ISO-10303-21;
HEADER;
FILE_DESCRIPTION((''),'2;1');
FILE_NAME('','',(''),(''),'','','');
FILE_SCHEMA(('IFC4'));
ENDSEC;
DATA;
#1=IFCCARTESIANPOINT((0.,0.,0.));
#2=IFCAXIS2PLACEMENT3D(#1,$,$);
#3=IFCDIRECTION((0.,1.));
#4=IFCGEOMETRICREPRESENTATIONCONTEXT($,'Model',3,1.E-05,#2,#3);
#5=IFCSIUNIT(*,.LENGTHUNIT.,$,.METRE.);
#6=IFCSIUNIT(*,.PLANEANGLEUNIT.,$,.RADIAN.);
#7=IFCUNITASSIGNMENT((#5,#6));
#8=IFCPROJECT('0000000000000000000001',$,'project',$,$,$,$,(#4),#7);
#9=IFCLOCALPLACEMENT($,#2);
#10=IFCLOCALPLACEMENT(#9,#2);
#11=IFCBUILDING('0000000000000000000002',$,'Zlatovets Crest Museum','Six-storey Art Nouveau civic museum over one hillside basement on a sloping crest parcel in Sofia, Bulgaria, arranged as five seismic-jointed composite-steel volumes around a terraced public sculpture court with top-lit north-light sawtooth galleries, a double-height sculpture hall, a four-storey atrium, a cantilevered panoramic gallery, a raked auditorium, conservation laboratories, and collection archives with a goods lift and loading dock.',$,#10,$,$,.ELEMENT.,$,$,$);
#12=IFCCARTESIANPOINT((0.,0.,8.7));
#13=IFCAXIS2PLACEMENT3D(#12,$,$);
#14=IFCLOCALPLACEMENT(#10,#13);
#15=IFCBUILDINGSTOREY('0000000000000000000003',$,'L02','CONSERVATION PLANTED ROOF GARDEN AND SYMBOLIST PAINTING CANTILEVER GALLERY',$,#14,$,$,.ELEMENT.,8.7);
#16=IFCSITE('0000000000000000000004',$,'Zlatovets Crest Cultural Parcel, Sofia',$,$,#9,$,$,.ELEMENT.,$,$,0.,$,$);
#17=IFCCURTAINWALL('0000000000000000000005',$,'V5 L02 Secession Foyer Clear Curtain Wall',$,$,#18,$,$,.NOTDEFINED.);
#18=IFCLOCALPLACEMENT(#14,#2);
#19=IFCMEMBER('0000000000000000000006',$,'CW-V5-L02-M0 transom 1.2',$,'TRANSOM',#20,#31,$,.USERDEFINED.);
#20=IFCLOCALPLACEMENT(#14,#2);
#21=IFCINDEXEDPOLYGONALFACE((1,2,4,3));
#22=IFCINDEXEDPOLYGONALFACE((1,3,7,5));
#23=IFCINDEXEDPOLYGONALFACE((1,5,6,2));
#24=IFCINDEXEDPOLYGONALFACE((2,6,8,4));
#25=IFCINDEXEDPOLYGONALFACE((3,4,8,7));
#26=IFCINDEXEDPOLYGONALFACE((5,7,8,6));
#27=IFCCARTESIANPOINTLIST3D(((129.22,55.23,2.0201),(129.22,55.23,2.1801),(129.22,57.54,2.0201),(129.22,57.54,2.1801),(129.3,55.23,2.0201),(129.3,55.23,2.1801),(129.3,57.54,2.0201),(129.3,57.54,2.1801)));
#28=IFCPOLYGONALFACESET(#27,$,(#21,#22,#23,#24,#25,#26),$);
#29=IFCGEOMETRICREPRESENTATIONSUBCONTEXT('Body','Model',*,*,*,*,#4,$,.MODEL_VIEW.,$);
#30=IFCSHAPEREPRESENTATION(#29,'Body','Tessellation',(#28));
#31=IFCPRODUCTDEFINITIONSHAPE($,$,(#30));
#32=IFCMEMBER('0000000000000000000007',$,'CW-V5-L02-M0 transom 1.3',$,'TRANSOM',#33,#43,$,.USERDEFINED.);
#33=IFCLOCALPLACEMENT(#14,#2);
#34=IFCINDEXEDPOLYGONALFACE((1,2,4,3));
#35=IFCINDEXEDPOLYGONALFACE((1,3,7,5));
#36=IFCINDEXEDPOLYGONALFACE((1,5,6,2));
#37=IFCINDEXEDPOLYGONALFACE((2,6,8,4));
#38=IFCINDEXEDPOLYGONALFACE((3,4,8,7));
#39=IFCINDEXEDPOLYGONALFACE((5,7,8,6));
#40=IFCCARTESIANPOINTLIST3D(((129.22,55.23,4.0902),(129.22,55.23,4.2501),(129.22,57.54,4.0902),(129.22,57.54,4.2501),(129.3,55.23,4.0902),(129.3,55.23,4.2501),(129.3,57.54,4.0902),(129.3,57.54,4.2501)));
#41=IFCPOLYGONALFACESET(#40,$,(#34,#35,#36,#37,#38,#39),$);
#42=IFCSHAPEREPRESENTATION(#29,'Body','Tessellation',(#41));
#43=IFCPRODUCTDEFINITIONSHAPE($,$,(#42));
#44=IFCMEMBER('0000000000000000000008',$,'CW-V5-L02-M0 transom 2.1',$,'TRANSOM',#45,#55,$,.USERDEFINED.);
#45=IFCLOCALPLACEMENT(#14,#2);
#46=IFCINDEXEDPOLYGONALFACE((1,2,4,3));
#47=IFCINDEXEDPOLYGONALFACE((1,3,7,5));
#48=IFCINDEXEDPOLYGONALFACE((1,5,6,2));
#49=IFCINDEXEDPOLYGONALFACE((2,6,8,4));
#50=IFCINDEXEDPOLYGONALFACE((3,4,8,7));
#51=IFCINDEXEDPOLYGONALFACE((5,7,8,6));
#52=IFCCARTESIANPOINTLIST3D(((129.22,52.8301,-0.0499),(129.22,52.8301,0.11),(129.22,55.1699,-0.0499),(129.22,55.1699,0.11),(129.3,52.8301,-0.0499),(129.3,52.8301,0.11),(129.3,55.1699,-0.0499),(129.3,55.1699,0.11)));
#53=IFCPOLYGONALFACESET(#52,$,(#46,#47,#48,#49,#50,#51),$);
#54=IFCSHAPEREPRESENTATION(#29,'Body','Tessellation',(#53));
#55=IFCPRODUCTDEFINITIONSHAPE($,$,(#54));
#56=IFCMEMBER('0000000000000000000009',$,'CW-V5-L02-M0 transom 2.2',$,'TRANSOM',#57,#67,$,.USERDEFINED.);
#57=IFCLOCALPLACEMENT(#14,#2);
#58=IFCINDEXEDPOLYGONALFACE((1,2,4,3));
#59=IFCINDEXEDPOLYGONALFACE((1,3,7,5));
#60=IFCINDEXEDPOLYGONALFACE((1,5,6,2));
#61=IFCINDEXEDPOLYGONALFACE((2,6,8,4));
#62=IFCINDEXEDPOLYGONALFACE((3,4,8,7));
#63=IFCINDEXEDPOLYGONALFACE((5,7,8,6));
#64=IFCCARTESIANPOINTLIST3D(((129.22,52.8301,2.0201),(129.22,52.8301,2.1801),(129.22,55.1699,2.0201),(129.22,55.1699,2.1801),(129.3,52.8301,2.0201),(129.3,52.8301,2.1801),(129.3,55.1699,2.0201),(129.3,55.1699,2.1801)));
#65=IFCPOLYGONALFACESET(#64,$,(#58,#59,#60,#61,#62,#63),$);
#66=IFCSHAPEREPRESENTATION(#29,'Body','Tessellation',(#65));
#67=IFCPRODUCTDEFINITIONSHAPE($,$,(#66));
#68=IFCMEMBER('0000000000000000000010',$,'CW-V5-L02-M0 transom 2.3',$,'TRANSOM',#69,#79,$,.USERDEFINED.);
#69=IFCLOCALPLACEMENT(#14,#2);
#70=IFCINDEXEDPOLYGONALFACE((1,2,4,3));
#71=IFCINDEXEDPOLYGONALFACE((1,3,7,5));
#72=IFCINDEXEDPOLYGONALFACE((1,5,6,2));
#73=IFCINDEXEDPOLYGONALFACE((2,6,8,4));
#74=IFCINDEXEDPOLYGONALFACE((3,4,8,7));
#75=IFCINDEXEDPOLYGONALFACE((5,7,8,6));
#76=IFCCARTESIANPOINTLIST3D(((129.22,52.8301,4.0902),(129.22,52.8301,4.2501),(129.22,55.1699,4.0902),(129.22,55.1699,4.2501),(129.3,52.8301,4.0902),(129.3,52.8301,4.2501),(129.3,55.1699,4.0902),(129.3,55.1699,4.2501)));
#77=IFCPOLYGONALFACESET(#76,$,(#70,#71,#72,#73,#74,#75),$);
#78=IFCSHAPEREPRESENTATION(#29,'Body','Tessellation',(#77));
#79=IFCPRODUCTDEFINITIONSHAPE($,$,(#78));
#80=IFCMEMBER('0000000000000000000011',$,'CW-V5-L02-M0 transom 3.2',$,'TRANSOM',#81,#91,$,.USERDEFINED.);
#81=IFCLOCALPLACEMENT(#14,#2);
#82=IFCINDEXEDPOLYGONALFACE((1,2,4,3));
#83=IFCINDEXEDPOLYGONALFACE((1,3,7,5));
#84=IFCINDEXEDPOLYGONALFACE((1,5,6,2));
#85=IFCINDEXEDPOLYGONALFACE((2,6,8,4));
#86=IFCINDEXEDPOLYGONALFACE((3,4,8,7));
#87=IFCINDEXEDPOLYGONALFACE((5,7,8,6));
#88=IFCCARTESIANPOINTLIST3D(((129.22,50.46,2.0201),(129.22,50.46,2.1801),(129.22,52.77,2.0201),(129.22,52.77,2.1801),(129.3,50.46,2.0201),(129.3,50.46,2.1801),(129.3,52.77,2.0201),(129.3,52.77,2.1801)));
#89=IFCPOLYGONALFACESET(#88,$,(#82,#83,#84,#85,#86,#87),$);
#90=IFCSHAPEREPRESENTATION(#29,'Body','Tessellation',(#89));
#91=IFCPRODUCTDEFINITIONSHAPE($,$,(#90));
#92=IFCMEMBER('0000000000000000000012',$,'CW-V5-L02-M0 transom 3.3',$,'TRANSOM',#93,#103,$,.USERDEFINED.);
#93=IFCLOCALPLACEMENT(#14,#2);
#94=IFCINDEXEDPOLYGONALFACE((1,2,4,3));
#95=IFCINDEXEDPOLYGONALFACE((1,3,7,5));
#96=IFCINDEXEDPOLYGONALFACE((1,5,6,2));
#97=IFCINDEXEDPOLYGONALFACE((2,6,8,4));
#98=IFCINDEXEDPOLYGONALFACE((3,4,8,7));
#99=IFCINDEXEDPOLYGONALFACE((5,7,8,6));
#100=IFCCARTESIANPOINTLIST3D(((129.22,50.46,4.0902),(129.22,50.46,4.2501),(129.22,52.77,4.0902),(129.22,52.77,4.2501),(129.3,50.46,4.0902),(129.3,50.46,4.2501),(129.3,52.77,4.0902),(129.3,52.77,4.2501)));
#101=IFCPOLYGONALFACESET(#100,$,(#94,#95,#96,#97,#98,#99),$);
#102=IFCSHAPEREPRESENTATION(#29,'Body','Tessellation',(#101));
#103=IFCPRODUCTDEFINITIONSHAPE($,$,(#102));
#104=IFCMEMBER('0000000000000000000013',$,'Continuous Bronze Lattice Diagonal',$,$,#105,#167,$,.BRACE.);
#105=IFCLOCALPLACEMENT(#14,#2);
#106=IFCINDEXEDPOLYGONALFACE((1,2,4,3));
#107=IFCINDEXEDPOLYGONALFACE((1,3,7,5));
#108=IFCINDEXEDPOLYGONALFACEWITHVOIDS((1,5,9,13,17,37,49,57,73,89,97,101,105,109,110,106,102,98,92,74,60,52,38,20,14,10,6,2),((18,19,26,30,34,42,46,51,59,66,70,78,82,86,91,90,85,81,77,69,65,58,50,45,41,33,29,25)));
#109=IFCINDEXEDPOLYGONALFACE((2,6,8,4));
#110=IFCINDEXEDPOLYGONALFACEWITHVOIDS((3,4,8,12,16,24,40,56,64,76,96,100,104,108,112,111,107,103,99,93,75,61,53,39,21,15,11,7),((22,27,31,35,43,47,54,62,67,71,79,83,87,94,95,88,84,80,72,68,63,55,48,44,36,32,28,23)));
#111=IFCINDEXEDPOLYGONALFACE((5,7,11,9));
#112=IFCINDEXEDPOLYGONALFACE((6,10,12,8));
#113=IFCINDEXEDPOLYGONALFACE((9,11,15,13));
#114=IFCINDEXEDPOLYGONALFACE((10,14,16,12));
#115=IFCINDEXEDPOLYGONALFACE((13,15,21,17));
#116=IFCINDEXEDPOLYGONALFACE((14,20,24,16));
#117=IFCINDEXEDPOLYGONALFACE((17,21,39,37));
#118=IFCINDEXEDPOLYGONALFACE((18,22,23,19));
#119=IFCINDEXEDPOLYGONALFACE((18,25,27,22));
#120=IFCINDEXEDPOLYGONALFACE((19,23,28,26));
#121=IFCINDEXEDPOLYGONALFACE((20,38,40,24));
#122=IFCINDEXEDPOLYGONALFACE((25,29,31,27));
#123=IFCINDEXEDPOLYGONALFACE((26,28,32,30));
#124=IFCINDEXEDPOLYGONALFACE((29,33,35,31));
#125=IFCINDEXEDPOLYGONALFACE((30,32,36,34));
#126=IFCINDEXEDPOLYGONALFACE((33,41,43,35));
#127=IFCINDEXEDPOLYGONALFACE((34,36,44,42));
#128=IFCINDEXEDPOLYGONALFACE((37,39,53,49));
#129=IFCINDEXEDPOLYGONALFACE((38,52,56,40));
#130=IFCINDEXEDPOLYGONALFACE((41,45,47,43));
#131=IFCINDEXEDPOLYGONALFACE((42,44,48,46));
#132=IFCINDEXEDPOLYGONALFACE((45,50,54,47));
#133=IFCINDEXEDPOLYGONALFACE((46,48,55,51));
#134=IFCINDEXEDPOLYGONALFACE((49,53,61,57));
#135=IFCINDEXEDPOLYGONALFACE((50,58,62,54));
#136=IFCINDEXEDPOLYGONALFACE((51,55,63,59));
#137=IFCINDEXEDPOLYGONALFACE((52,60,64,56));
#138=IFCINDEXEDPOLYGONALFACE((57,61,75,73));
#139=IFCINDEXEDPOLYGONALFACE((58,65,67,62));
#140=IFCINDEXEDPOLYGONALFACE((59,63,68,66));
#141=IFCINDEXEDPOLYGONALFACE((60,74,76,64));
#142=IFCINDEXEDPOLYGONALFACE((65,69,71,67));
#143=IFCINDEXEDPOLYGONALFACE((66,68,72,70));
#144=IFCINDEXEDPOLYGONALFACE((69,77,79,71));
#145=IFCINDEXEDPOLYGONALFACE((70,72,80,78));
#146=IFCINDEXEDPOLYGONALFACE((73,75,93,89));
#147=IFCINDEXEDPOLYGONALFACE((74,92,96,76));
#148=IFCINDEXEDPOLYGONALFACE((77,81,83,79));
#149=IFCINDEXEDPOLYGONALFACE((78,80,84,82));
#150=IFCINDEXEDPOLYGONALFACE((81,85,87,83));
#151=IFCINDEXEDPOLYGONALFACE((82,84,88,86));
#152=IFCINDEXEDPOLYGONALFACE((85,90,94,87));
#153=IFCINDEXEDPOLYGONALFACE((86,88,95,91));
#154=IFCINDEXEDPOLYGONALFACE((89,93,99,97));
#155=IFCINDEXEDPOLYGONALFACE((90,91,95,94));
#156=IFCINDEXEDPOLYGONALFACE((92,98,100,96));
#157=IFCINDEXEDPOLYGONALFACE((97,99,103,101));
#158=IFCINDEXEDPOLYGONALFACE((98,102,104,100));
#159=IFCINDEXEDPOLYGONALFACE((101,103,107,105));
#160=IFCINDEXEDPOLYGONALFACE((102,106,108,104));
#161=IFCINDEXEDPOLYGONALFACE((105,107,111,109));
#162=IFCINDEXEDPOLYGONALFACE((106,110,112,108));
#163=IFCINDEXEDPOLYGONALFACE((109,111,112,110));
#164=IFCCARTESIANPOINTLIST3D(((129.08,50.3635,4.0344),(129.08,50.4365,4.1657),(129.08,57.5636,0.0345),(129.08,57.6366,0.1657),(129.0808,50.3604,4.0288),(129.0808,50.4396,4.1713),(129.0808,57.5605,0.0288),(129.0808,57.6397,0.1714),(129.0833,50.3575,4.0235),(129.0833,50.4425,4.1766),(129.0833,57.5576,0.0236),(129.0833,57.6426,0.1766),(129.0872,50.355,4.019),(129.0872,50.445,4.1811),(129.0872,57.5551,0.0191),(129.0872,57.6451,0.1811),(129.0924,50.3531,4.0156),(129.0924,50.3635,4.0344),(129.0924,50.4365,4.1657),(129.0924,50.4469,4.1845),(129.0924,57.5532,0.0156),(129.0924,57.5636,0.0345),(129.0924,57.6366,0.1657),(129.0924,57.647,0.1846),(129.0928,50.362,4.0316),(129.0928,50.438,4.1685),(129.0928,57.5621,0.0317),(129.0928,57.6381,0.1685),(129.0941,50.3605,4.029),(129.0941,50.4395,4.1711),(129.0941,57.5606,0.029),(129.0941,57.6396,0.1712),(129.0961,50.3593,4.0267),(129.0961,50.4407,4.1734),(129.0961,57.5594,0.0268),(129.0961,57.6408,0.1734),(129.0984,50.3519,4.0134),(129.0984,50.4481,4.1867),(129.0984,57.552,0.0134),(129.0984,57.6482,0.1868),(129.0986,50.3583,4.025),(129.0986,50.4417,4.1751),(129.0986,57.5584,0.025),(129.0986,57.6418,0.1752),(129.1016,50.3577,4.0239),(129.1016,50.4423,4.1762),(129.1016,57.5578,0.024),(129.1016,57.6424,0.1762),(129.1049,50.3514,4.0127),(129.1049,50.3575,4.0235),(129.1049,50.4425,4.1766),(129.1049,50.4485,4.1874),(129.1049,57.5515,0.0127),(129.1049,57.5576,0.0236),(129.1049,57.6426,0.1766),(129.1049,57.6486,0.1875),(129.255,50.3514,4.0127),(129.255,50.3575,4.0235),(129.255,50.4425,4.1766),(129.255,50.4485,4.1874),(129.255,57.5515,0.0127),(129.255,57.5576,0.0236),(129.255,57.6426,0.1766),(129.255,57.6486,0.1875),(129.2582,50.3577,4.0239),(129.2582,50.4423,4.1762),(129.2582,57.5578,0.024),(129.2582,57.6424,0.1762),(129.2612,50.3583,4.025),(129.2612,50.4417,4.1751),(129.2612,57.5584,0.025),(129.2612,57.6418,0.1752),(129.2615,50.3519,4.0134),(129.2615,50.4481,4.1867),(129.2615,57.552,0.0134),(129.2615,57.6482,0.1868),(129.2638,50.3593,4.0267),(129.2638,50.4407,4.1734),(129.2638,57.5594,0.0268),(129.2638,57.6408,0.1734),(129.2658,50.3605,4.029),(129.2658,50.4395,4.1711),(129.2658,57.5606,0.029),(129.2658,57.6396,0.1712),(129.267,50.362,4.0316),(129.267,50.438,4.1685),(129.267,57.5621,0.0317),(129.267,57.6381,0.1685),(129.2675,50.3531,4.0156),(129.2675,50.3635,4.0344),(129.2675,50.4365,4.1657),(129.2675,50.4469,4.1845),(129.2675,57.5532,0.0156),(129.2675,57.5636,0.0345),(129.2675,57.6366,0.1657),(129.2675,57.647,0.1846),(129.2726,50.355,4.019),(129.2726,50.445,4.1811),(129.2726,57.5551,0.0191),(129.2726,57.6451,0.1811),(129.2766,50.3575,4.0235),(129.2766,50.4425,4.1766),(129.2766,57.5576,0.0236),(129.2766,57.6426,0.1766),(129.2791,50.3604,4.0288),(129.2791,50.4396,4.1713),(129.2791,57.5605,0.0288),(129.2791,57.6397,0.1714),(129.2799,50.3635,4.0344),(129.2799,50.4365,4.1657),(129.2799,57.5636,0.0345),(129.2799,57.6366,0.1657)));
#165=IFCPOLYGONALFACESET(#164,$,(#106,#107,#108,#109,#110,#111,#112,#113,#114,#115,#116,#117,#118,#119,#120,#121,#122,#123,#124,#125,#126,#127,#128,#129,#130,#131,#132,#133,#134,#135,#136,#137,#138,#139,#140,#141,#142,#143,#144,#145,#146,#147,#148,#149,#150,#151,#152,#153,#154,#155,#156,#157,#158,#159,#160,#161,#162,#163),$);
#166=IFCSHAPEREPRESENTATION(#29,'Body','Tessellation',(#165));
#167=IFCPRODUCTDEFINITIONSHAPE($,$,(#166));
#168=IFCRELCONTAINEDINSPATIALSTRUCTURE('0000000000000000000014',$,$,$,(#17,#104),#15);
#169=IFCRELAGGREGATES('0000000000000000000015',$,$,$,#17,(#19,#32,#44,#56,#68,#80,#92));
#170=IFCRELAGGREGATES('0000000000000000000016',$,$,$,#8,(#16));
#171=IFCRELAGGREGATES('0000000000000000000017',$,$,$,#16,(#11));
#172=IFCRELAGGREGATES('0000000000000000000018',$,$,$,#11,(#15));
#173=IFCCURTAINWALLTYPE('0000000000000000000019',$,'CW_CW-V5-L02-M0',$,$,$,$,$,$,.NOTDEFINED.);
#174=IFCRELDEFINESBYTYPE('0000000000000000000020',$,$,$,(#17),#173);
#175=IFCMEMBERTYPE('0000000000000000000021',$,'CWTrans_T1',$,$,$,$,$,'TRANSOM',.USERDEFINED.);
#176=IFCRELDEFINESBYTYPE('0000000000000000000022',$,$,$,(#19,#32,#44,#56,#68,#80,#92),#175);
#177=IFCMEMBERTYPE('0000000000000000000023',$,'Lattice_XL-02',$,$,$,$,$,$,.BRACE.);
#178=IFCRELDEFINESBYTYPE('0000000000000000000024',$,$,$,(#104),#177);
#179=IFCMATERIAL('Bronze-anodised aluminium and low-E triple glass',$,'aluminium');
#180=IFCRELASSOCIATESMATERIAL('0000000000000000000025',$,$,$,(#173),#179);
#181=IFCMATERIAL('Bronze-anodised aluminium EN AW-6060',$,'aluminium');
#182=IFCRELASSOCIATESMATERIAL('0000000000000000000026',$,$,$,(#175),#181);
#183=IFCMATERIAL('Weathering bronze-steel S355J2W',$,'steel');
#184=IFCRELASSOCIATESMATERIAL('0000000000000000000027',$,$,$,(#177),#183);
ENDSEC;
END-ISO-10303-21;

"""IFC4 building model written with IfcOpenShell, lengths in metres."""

from ifc_helpers import new_model, si_unit, direction, frame, origin, origin_2d, place, context, subcontext, project, spatial, rectangle, hollow_rectangle, extrude, material, material_profile, profile_set, type_object, element, aggregate, save


model = new_model("IFC4")

# Units and contexts
model_context = context("Model", 3, precision=1e-05, world=origin(), true_north=direction((0.0, 1.0)))
body_context = subcontext(model_context, "Body", "Model", "MODEL_VIEW")
ifc_project = project(units=[si_unit("LENGTHUNIT", "METRE"), si_unit("PLANEANGLEUNIT", "RADIAN")], contexts=[model_context])

# Site, building, storey
site_placement = place(None, origin())
site = spatial("IfcSite", under=ifc_project, at=site_placement, Name="Zlatovets Crest Cultural Parcel, Sofia", CompositionType="ELEMENT", RefElevation=0.0)
building_placement = place(site_placement, origin())
building = spatial("IfcBuilding", under=site, at=building_placement, Name="Zlatovets Crest Museum", Description="Six-storey Art Nouveau civic museum over one hillside basement on a sloping crest parcel in Sofia, Bulgaria, arranged as five seismic-jointed composite-steel volumes around a terraced public sculpture court with top-lit north-light sawtooth galleries, a double-height sculpture hall, a four-storey atrium, a cantilevered panoramic gallery, a raked auditorium, conservation laboratories, and collection archives with a goods lift and loading dock.", CompositionType="ELEMENT")
storey_placement = place(building_placement, frame((0.0, 0.0, 8.7)))
storey = spatial("IfcBuildingStorey", under=building, at=storey_placement, Name="L02", Description="CONSERVATION PLANTED ROOF GARDEN AND SYMBOLIST PAINTING CANTILEVER GALLERY", CompositionType="ELEMENT", Elevation=8.7)

# Curtain wall, members
ifc_material_1 = material(Name="Bronze-anodised aluminium and low-E triple glass", Category="aluminium")
curtain_wall_type = type_object("IfcCurtainWallType", Name="CW_CW-V5-L02-M0", PredefinedType="NOTDEFINED", material=ifc_material_1)
curtain_wall_placement = place(storey_placement, origin())
curtain_wall = element("IfcCurtainWall", 1, at=curtain_wall_placement, inside=storey, type_object=curtain_wall_type, Name="V5 L02 Secession Foyer Clear Curtain Wall", PredefinedType="NOTDEFINED")
ifc_material_2 = material(Name="Bronze-anodised aluminium EN AW-6060", Category="aluminium")
ifc_material_profile_1 = material_profile(ifc_material_2, rectangle(XDim=0.0801, YDim=0.1599, at=origin_2d()), Name="ALU 80x160")
ifc_profile_set_1 = profile_set([ifc_material_profile_1], Name="Bronze-anodised aluminium EN AW-6060")
member_type_1 = type_object("IfcMemberType", Name="CWTrans_T1", ElementType="TRANSOM", PredefinedType="USERDEFINED", material=ifc_profile_set_1)
member_1_placement = place(storey_placement, frame((129.26, 57.54, 2.1001), z_axis=(0.0, -1.0, 0.0), x_axis=(1.0, 0.0, 0.0)))
member_1 = element("IfcMember", 2, at=member_1_placement, type_object=member_type_1, Name="CW-V5-L02-M0 transom 1.2", ObjectType="TRANSOM", PredefinedType="USERDEFINED", context=body_context, shape_type="SweptSolid", body=[
    extrude(rectangle(XDim=0.0801, YDim=0.1599, at=origin_2d()), origin(), (0.0, 0.0, 1.0), 2.3101),
])
member_2_placement = place(storey_placement, frame((129.26, 57.54, 4.1702), z_axis=(0.0, -1.0, 0.0), x_axis=(1.0, 0.0, 0.0)))
member_2 = element("IfcMember", 3, at=member_2_placement, type_object=member_type_1, Name="CW-V5-L02-M0 transom 1.3", ObjectType="TRANSOM", PredefinedType="USERDEFINED", context=body_context, shape_type="SweptSolid", body=[
    extrude(rectangle(XDim=0.0801, YDim=0.1599, at=origin_2d()), origin(), (0.0, 0.0, 1.0), 2.3101),
])
member_3_placement = place(storey_placement, frame((129.26, 55.1699, 0.03), z_axis=(0.0, -1.0, 0.0), x_axis=(1.0, 0.0, 0.0)))
member_3 = element("IfcMember", 4, at=member_3_placement, type_object=member_type_1, Name="CW-V5-L02-M0 transom 2.1", ObjectType="TRANSOM", PredefinedType="USERDEFINED", context=body_context, shape_type="SweptSolid", body=[
    extrude(rectangle(XDim=0.0801, YDim=0.1599, at=origin_2d()), origin(), (0.0, 0.0, 1.0), 2.3398),
])
member_4_placement = place(storey_placement, frame((129.26, 55.1699, 2.1001), z_axis=(0.0, -1.0, 0.0), x_axis=(1.0, 0.0, 0.0)))
member_4 = element("IfcMember", 5, at=member_4_placement, type_object=member_type_1, Name="CW-V5-L02-M0 transom 2.2", ObjectType="TRANSOM", PredefinedType="USERDEFINED", context=body_context, shape_type="SweptSolid", body=[
    extrude(rectangle(XDim=0.0801, YDim=0.1599, at=origin_2d()), origin(), (0.0, 0.0, 1.0), 2.3398),
])
member_5_placement = place(storey_placement, frame((129.26, 55.1699, 4.1702), z_axis=(0.0, -1.0, 0.0), x_axis=(1.0, 0.0, 0.0)))
member_5 = element("IfcMember", 6, at=member_5_placement, type_object=member_type_1, Name="CW-V5-L02-M0 transom 2.3", ObjectType="TRANSOM", PredefinedType="USERDEFINED", context=body_context, shape_type="SweptSolid", body=[
    extrude(rectangle(XDim=0.0801, YDim=0.1599, at=origin_2d()), origin(), (0.0, 0.0, 1.0), 2.3398),
])
member_6_placement = place(storey_placement, frame((129.26, 52.77, 2.1001), z_axis=(0.0, -1.0, 0.0), x_axis=(1.0, 0.0, 0.0)))
member_6 = element("IfcMember", 7, at=member_6_placement, type_object=member_type_1, Name="CW-V5-L02-M0 transom 3.2", ObjectType="TRANSOM", PredefinedType="USERDEFINED", context=body_context, shape_type="SweptSolid", body=[
    extrude(rectangle(XDim=0.0801, YDim=0.1599, at=origin_2d()), origin(), (0.0, 0.0, 1.0), 2.3101),
])
member_7_placement = place(storey_placement, frame((129.26, 52.77, 4.1702), z_axis=(0.0, -1.0, 0.0), x_axis=(1.0, 0.0, 0.0)))
member_7 = element("IfcMember", 8, at=member_7_placement, type_object=member_type_1, Name="CW-V5-L02-M0 transom 3.3", ObjectType="TRANSOM", PredefinedType="USERDEFINED", context=body_context, shape_type="SweptSolid", body=[
    extrude(rectangle(XDim=0.0801, YDim=0.1599, at=origin_2d()), origin(), (0.0, 0.0, 1.0), 2.3101),
])

# Member
ifc_material_3 = material(Name="Weathering bronze-steel S355J2W", Category="steel")
ifc_material_profile_2 = material_profile(ifc_material_3, hollow_rectangle(XDim=0.2, YDim=0.2, WallThickness=0.0125, InnerFilletRadius=0.0125, OuterFilletRadius=0.0249, at=origin_2d()), Name="SHS 200x200x12.5")
ifc_profile_set_2 = profile_set([ifc_material_profile_2], Name="Weathering bronze-steel S355J2W")
member_type_2 = type_object("IfcMemberType", Name="Lattice_XL-02", PredefinedType="BRACE", material=ifc_profile_set_2)
member_8_placement = place(storey_placement, frame((129.1799, 57.6001, 0.1001), z_axis=(0.0, -0.874163, 0.485633), x_axis=(1.0, 0.0, 0.0)))
element("IfcMember", 9, at=member_8_placement, inside=storey, type_object=member_type_2, Name="Continuous Bronze Lattice Diagonal", PredefinedType="BRACE", context=body_context, shape_type="SweptSolid", body=[
    extrude(hollow_rectangle(XDim=0.2, YDim=0.2, WallThickness=0.0125, InnerFilletRadius=0.0125, OuterFilletRadius=0.0249, at=origin_2d()), origin(), (0.0, 0.0, 1.0), 8.2366),
])

aggregate(curtain_wall, [member_1, member_2, member_3, member_4, member_5, member_6, member_7])

save(model, "model.ifc")
